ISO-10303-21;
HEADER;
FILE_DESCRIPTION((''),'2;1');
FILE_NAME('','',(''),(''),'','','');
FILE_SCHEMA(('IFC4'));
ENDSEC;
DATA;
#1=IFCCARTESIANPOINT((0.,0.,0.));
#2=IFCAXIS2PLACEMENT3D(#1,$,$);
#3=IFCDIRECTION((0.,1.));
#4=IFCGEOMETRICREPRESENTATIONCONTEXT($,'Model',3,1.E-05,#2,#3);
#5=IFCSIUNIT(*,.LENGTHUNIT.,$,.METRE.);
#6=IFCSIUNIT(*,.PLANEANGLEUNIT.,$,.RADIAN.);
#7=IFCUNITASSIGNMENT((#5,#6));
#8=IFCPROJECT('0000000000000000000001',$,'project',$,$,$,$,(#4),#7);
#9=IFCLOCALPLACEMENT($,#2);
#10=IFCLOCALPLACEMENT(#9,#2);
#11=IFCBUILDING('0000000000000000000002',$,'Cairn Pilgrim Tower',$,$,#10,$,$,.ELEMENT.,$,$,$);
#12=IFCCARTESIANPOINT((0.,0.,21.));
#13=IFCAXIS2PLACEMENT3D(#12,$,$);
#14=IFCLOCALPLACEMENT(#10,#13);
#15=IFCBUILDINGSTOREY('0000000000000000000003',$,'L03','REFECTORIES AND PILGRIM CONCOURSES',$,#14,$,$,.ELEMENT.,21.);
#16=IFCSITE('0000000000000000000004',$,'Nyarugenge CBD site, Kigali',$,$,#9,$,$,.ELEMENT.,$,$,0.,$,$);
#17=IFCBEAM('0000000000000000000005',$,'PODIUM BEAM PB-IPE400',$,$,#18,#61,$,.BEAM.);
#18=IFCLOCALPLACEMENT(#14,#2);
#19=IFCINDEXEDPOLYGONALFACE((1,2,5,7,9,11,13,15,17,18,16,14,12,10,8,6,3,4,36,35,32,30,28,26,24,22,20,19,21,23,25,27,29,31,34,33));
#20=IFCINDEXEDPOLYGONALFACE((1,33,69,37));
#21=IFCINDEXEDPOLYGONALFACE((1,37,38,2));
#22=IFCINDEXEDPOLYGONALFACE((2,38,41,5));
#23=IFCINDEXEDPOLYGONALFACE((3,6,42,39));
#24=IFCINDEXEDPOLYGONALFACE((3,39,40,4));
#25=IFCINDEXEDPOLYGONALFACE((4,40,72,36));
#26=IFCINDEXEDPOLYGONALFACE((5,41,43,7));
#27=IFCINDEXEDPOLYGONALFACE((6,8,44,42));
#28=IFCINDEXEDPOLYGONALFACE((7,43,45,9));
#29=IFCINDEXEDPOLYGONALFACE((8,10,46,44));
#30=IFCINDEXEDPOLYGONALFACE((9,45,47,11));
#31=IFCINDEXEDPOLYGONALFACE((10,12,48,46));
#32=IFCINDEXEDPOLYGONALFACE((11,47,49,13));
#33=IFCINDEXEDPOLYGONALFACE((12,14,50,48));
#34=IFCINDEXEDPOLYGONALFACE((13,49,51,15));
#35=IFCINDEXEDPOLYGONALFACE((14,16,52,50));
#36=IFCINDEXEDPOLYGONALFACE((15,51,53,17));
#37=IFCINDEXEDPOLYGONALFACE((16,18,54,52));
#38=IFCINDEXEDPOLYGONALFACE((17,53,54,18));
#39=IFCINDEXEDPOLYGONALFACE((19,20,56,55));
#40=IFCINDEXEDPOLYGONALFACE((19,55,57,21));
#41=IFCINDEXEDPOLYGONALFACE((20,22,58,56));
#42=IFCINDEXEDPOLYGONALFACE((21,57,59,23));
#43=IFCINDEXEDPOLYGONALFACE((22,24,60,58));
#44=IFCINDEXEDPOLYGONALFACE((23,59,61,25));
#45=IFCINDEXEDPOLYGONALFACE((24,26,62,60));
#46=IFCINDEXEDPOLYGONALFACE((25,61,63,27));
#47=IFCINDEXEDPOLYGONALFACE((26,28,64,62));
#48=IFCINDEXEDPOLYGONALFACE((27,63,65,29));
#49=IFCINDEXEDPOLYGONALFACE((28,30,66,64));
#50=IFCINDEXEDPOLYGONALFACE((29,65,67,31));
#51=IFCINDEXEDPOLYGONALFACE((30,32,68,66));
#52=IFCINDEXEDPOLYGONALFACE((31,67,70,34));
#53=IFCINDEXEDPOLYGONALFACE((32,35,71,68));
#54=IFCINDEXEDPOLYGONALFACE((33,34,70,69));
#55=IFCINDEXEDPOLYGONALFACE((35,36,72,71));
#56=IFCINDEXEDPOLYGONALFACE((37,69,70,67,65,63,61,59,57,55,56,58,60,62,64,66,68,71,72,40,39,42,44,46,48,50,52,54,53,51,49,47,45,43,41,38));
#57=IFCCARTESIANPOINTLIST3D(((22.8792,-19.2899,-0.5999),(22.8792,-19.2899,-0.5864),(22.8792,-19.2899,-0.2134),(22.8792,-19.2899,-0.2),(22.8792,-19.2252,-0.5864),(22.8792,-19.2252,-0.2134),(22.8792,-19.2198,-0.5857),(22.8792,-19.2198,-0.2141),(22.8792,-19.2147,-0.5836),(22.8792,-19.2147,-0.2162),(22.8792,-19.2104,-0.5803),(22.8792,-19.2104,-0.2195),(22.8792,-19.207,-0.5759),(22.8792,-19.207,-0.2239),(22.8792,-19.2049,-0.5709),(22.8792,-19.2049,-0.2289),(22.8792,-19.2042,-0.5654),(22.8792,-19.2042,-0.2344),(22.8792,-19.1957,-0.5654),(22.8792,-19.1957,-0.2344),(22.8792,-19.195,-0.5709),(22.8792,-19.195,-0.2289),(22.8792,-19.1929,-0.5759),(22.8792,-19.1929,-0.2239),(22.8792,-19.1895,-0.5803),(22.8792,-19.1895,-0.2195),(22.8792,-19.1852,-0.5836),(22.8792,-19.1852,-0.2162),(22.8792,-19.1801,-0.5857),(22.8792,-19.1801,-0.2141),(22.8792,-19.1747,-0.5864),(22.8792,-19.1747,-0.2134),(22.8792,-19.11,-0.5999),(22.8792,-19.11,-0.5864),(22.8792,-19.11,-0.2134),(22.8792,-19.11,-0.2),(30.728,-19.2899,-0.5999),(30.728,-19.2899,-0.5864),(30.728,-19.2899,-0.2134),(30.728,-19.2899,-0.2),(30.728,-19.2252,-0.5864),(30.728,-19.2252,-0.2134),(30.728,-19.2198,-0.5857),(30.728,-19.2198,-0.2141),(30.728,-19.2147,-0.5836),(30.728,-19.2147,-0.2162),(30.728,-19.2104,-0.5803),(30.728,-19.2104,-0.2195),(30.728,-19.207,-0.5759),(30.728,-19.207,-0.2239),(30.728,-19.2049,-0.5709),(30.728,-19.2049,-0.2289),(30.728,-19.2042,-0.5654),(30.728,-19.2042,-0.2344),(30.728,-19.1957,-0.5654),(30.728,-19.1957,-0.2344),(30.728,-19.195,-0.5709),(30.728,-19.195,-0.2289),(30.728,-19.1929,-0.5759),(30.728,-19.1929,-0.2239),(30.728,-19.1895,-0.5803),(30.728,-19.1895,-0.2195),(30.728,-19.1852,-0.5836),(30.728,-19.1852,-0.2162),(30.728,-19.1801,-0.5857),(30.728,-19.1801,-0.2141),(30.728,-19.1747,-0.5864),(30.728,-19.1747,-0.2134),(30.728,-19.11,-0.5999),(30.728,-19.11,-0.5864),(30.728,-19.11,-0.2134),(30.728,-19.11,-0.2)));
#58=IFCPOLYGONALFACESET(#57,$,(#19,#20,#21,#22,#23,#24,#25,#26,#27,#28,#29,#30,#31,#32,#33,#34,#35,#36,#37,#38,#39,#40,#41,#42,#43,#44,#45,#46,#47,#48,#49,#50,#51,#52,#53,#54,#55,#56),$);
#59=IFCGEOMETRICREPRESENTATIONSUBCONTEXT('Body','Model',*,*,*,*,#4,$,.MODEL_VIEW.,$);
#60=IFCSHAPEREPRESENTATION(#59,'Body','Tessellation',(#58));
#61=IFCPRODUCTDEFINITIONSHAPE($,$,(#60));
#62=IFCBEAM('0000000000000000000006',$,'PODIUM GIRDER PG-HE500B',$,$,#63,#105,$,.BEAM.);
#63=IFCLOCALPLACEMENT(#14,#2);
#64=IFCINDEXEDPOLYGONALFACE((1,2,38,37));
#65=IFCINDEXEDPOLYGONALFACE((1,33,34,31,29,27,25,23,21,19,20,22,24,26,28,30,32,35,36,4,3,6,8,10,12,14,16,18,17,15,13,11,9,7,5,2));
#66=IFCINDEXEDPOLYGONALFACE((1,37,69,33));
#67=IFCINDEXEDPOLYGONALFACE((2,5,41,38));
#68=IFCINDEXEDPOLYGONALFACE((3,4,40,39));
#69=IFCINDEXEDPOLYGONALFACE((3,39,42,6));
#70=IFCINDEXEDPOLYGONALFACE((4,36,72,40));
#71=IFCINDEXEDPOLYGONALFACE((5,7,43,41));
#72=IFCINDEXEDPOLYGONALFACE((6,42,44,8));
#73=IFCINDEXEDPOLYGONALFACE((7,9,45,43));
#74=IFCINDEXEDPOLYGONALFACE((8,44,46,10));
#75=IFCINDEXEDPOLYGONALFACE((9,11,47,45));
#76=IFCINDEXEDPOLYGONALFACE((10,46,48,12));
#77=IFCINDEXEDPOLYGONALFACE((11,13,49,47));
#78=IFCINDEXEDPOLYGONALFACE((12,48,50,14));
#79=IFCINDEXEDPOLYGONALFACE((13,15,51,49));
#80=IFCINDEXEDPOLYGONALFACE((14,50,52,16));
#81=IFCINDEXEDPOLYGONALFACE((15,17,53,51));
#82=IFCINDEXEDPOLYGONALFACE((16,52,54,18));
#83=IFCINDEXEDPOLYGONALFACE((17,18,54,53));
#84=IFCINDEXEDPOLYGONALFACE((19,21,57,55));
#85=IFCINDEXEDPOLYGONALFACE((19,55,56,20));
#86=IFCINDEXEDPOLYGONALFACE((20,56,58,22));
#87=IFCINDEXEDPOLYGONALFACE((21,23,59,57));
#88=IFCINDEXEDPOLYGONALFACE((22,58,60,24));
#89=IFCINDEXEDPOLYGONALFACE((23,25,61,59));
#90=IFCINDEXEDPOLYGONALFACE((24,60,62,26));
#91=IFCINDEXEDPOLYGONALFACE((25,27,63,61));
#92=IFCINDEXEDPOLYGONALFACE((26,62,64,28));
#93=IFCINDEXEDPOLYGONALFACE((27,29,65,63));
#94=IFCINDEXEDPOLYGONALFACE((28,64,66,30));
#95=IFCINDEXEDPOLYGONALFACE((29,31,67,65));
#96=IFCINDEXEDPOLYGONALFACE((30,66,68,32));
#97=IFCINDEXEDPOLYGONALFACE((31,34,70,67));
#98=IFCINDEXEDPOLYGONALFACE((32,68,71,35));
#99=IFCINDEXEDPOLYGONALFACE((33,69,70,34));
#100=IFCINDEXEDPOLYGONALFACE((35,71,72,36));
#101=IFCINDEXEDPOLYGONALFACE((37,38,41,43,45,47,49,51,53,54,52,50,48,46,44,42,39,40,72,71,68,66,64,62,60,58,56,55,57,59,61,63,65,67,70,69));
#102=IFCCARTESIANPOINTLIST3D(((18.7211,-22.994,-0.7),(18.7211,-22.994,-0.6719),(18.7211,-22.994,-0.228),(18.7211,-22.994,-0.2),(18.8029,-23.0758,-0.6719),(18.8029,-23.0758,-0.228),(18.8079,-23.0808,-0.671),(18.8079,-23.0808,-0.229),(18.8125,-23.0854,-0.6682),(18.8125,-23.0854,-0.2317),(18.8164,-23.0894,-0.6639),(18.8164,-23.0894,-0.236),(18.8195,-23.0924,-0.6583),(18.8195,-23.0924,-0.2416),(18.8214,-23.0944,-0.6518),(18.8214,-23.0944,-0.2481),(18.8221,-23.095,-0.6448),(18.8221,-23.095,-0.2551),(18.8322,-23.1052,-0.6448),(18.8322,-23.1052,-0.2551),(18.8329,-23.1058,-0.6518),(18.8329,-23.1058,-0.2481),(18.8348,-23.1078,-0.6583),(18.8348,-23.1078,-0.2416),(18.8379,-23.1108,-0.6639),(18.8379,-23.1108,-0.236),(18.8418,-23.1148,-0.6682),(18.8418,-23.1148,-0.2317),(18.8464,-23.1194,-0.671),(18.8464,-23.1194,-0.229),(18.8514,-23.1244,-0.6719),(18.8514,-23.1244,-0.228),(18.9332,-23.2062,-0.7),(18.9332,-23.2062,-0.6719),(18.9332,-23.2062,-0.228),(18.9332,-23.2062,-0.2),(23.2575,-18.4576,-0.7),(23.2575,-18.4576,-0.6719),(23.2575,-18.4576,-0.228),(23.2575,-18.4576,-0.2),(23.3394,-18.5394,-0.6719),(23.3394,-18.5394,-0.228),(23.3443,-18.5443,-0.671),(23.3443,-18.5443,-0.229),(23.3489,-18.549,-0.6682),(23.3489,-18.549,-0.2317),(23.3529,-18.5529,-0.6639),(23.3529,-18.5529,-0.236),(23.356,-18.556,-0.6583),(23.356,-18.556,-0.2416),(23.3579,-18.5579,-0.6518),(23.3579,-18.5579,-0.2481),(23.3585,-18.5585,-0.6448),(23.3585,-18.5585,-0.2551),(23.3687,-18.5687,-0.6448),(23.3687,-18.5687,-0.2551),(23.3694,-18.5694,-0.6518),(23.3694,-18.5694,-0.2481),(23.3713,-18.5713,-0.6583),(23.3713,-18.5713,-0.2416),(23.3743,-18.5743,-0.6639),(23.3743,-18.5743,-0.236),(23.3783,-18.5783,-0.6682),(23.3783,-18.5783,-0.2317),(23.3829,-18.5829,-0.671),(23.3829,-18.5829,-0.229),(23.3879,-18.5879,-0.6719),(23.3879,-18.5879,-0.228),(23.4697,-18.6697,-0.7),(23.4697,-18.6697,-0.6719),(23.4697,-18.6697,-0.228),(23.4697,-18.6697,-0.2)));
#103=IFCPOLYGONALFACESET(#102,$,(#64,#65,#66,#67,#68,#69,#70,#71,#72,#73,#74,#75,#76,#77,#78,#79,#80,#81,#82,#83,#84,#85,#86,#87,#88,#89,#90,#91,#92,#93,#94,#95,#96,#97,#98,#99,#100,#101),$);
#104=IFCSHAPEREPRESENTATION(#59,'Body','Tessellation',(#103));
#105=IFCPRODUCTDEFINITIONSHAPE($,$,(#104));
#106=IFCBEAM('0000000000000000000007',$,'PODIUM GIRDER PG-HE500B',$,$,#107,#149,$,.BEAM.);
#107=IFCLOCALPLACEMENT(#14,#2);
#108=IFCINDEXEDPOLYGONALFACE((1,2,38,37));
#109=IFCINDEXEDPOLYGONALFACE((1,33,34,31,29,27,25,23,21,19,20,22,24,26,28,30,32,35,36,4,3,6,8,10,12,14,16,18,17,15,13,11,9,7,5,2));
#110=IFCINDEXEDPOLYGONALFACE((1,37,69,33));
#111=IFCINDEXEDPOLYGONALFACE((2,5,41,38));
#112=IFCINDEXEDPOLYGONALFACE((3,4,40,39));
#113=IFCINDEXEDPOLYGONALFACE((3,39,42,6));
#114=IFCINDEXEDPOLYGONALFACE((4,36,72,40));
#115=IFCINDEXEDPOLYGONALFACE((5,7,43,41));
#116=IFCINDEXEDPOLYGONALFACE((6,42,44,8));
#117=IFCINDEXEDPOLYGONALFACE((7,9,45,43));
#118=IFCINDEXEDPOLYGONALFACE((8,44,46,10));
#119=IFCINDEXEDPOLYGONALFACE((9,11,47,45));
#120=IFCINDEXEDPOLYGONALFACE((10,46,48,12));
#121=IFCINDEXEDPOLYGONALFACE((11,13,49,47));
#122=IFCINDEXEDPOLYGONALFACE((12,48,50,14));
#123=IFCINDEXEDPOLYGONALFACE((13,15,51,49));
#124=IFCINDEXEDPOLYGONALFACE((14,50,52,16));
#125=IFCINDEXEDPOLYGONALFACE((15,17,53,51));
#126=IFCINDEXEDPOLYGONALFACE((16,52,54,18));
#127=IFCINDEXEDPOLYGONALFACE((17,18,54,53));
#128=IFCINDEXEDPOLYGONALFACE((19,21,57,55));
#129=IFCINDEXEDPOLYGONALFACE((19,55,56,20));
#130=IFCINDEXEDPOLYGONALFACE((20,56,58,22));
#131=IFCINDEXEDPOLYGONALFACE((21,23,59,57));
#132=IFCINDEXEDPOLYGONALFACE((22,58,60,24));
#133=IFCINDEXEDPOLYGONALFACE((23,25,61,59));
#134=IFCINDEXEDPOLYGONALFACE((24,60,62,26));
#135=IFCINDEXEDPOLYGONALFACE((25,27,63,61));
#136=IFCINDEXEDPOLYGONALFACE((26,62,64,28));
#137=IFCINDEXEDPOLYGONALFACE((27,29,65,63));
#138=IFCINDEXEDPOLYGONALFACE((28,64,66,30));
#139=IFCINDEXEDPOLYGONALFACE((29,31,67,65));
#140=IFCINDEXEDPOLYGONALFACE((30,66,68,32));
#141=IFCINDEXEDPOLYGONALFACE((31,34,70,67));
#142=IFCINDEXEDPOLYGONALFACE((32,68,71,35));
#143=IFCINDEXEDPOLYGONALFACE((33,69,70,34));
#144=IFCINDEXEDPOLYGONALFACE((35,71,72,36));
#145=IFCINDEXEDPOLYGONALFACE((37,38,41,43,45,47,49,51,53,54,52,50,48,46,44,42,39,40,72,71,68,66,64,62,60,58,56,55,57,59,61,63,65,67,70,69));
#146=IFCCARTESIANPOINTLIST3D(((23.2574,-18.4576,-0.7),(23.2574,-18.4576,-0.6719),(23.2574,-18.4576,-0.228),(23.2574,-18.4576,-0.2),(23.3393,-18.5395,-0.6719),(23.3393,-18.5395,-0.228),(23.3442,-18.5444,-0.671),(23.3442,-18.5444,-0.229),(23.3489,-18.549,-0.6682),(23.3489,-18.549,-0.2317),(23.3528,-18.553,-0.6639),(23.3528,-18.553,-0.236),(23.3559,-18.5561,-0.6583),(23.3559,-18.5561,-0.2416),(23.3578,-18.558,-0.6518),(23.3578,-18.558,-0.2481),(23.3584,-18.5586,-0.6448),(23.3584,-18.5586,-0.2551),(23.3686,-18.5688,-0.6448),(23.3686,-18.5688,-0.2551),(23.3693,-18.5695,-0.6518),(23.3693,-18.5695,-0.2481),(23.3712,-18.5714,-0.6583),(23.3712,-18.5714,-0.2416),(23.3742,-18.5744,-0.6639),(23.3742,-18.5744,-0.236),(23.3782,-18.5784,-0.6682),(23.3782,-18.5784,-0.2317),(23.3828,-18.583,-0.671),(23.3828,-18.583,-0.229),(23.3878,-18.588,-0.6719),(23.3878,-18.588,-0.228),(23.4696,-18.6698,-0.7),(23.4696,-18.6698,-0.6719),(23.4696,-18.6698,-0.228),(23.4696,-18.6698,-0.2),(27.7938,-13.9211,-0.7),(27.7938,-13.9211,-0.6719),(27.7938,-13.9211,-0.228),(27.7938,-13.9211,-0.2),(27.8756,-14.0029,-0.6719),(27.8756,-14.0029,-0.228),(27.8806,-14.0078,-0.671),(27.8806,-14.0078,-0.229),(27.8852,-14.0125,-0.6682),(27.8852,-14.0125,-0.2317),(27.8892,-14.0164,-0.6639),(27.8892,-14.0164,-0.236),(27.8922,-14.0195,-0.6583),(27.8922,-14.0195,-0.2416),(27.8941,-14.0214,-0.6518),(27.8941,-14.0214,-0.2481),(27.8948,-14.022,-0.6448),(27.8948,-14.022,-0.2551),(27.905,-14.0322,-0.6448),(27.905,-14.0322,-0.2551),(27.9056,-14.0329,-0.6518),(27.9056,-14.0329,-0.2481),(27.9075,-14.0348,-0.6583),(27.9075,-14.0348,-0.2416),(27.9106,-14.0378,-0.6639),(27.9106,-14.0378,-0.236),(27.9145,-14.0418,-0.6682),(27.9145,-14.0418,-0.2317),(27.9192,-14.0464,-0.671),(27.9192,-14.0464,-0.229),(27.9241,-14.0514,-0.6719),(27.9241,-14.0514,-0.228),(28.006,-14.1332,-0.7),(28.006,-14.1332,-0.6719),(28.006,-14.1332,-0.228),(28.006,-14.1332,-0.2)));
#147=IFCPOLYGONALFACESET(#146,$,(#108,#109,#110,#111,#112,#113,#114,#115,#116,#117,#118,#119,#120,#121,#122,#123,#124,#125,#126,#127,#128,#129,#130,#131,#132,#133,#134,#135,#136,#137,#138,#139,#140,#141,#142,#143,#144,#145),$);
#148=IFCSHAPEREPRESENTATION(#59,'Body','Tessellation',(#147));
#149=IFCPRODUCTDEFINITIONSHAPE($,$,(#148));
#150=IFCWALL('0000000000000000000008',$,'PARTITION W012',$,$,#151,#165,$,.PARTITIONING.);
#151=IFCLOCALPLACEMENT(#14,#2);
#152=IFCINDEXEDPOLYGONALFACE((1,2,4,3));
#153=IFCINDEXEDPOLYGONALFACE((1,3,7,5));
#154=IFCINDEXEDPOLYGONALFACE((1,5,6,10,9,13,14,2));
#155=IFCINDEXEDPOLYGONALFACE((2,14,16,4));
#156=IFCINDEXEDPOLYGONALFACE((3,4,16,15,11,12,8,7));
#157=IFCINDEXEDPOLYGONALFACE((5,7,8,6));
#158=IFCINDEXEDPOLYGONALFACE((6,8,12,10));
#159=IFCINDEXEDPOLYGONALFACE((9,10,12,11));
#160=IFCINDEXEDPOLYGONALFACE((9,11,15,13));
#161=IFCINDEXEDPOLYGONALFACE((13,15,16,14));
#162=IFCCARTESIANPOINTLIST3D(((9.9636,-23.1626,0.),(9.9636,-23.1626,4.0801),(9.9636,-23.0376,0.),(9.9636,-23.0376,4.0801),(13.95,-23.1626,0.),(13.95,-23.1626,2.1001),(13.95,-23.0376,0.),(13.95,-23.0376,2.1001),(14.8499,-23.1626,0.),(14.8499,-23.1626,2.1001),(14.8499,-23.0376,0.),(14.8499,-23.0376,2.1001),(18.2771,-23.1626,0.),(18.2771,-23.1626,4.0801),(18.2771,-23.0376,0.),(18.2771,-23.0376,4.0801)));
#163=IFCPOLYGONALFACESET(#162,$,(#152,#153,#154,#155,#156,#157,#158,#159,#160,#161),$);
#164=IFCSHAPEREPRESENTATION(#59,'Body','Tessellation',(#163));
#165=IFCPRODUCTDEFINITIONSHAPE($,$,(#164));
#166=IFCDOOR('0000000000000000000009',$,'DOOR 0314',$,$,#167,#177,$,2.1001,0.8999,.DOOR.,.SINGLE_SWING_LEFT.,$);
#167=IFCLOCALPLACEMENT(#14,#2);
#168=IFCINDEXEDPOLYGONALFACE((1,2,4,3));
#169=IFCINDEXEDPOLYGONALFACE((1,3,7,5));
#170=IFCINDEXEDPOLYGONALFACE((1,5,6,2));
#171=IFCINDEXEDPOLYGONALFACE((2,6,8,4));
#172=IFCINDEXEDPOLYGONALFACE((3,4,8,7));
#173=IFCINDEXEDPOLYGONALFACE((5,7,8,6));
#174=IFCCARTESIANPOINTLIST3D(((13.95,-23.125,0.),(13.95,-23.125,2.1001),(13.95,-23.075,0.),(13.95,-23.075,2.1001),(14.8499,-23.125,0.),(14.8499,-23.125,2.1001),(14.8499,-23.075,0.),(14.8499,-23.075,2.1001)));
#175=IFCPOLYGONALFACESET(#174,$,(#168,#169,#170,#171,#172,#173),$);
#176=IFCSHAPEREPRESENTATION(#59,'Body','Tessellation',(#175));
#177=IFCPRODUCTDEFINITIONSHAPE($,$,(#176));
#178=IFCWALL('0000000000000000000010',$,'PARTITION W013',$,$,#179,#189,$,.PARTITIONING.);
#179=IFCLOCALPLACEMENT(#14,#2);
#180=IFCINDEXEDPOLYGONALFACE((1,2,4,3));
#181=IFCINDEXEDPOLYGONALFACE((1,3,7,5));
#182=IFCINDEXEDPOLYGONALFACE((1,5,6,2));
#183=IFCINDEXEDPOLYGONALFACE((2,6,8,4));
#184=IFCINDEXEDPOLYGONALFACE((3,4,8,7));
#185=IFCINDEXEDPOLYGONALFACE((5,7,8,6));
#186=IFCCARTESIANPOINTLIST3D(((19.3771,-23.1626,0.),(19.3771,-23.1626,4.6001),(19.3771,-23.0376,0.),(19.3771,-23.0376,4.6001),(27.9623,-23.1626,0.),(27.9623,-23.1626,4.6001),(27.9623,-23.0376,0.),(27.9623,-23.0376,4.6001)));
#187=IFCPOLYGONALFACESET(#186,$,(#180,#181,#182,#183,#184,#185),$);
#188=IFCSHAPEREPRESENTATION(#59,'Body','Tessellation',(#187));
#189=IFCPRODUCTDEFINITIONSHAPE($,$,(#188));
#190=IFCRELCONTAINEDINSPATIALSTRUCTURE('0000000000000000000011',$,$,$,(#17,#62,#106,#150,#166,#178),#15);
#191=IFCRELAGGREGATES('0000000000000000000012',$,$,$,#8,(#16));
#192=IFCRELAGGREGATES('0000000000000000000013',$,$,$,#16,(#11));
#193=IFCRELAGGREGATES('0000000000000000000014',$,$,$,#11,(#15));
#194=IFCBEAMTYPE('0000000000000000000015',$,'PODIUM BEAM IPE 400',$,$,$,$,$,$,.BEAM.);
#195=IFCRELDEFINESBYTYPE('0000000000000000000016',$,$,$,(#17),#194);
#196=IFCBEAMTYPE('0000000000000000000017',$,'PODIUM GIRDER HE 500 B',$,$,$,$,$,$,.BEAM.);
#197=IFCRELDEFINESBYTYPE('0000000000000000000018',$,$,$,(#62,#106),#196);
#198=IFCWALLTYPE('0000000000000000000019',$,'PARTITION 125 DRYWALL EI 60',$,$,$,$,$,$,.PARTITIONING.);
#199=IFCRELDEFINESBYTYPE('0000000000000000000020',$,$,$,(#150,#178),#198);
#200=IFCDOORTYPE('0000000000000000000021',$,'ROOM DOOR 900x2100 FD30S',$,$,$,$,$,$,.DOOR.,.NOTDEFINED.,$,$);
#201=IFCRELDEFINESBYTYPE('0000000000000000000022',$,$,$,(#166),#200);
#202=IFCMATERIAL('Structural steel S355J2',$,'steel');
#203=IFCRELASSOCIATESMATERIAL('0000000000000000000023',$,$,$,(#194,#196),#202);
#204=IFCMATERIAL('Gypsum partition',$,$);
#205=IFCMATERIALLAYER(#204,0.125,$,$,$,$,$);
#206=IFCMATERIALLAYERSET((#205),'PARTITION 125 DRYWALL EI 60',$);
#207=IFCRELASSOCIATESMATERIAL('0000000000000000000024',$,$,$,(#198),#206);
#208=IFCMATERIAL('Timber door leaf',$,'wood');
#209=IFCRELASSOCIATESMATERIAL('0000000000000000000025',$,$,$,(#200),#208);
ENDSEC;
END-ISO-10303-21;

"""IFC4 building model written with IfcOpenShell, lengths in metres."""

from ifc_helpers import new_model, si_unit, direction, frame, frame_2d, origin, origin_2d, place, context, subcontext, project, spatial, rectangle, i_section, extrude, material, layer, layer_set, material_profile, profile_set, type_object, element, fill, save


model = new_model("IFC4")

# Units and contexts
model_context = context("Model", 3, precision=1e-05, world=origin(), true_north=direction((0.0, 1.0)))
body_context = subcontext(model_context, "Body", "Model", "MODEL_VIEW")
ifc_project = project(units=[si_unit("LENGTHUNIT", "METRE"), si_unit("PLANEANGLEUNIT", "RADIAN")], contexts=[model_context])

# Site, building, storey
site_placement = place(None, origin())
site = spatial("IfcSite", under=ifc_project, at=site_placement, Name="Nyarugenge CBD site, Kigali", CompositionType="ELEMENT", RefElevation=0.0)
building_placement = place(site_placement, origin())
building = spatial("IfcBuilding", under=site, at=building_placement, Name="Cairn Pilgrim Tower", CompositionType="ELEMENT")
storey_placement = place(building_placement, frame((0.0, 0.0, 21.0)))
storey = spatial("IfcBuildingStorey", under=building, at=storey_placement, Name="L03", Description="REFECTORIES AND PILGRIM CONCOURSES", CompositionType="ELEMENT", Elevation=21.0)

# Beams
ifc_material_1 = material(Name="Structural steel S355J2", Category="steel")
ifc_material_profile_1 = material_profile(ifc_material_1, i_section(OverallWidth=0.1799, OverallDepth=0.3999, WebThickness=0.0085, FlangeThickness=0.0134, FilletRadius=0.021, at=origin_2d()), Name="IPE 400")
ifc_profile_set_1 = profile_set([ifc_material_profile_1], Name="Structural steel S355J2")
beam_type_1 = type_object("IfcBeamType", Name="PODIUM BEAM IPE 400", PredefinedType="BEAM", material=ifc_profile_set_1)
beam_1_placement = place(storey_placement, frame((22.8792, -19.2, -0.3999), z_axis=(1.0, 0.0, 0.0), x_axis=(0.0, 1.0, 0.0)))
element("IfcBeam", 1, at=beam_1_placement, inside=storey, type_object=beam_type_1, Name="PODIUM BEAM PB-IPE400", PredefinedType="BEAM", context=body_context, shape_type="SweptSolid", body=[
    extrude(i_section(OverallWidth=0.1799, OverallDepth=0.3999, WebThickness=0.0085, FlangeThickness=0.0134, FilletRadius=0.021, at=origin_2d()), origin(), (0.0, 0.0, 1.0), 7.8489),
])
ifc_material_profile_2 = material_profile(ifc_material_1, i_section(OverallWidth=0.3, OverallDepth=0.5, WebThickness=0.0144, FlangeThickness=0.0281, FilletRadius=0.0271, at=origin_2d()), Name="HEB 500")
ifc_profile_set_2 = profile_set([ifc_material_profile_2], Name="Structural steel S355J2")
beam_type_2 = type_object("IfcBeamType", Name="PODIUM GIRDER HE 500 B", PredefinedType="BEAM", material=ifc_profile_set_2)
for number, where, z_axis, x_axis, name in (
    (2, (18.8271, -23.1001, -0.45), (0.707107, 0.707107, 0.0), (-0.707107, 0.707107, 0.0), "PODIUM GIRDER PG-HE500B"),
    (3, (23.3635, -18.5637, -0.45), (0.707088, 0.707126, 0.0), (-0.707126, 0.707088, 0.0), "PODIUM GIRDER PG-HE500B"),
):
    element("IfcBeam", number, at=place(storey_placement, frame(where, z_axis=z_axis, x_axis=x_axis)), inside=storey, type_object=beam_type_2, Name=name, PredefinedType="BEAM", context=body_context, shape_type="SweptSolid", body=[
        extrude(i_section(OverallWidth=0.3, OverallDepth=0.5, WebThickness=0.0144, FlangeThickness=0.0281, FilletRadius=0.0271, at=origin_2d()), origin(), (0.0, 0.0, 1.0), 6.4155),
    ])

# Wall, opening, door
ifc_material_2 = material(Name="Gypsum partition")
ifc_layer_1 = layer(ifc_material_2, 0.125)
ifc_layer_set_1 = layer_set([ifc_layer_1], Name="PARTITION 125 DRYWALL EI 60")
wall_type_1 = type_object("IfcWallType", Name="PARTITION 125 DRYWALL EI 60", PredefinedType="PARTITIONING", material=ifc_layer_set_1)
wall_1_placement = place(storey_placement, frame((9.9636, -23.1001, 0.0), z_axis=(0.0, 0.0, 1.0), x_axis=(1.0, 0.0, 0.0)))
wall_1 = element("IfcWall", 4, at=wall_1_placement, inside=storey, type_object=wall_type_1, Name="PARTITION W012", PredefinedType="PARTITIONING", context=body_context, shape_type="SweptSolid", body=[
    extrude(rectangle(XDim=8.3135, YDim=0.125, at=frame_2d((4.1567, 0.0))), origin(), (0.0, 0.0, 1.0), 4.0801),
])
opening_placement = place(wall_1_placement, frame((3.9863, 0.0, 0.0)))
opening = element("IfcOpeningElement", 5, at=opening_placement, cuts=wall_1, PredefinedType="OPENING", context=body_context, shape_type="SweptSolid", body=[
    extrude(rectangle(XDim=0.8999, YDim=2.1001, at=frame_2d((0.45, 1.05))), frame((0.0, 0.0725, 0.0), z_axis=(0.0, -1.0, 0.0), x_axis=(1.0, 0.0, 0.0)), (0.0, 0.0, 1.0), 0.145),
])
ifc_material_3 = material(Name="Timber door leaf", Category="wood")
door_type = type_object("IfcDoorType", Name="ROOM DOOR 900x2100 FD30S", OperationType="NOTDEFINED", PredefinedType="DOOR", material=ifc_material_3)
door_placement = place(opening_placement, frame((0.8999, 0.0, 0.0), z_axis=(0.0, 0.0, 1.0), x_axis=(-1.0, 0.0, 0.0)))
door = element("IfcDoor", 6, at=door_placement, inside=storey, type_object=door_type, Name="DOOR 0314", OperationType="SINGLE_SWING_LEFT", OverallHeight=2.1001, OverallWidth=0.8999, PredefinedType="DOOR", context=body_context, shape_type="SweptSolid", body=[
    extrude(rectangle(XDim=0.8999, YDim=2.1001, at=frame_2d((0.45, 1.05))), frame((0.0, 0.0249, 0.0), z_axis=(0.0, -1.0, 0.0), x_axis=(1.0, 0.0, 0.0)), (0.0, 0.0, 1.0), 0.05),
])
fill(opening, door)

# Wall
wall_2_placement = place(storey_placement, frame((19.3772, -23.1001, 0.0), z_axis=(0.0, 0.0, 1.0), x_axis=(1.0, 0.0, 0.0)))
element("IfcWall", 7, at=wall_2_placement, inside=storey, type_object=wall_type_1, Name="PARTITION W013", PredefinedType="PARTITIONING", context=body_context, shape_type="SweptSolid", body=[
    extrude(rectangle(XDim=8.5852, YDim=0.125, at=frame_2d((4.2925, 0.0))), origin(), (0.0, 0.0, 1.0), 4.6001),
])

save(model, "model.ifc")
